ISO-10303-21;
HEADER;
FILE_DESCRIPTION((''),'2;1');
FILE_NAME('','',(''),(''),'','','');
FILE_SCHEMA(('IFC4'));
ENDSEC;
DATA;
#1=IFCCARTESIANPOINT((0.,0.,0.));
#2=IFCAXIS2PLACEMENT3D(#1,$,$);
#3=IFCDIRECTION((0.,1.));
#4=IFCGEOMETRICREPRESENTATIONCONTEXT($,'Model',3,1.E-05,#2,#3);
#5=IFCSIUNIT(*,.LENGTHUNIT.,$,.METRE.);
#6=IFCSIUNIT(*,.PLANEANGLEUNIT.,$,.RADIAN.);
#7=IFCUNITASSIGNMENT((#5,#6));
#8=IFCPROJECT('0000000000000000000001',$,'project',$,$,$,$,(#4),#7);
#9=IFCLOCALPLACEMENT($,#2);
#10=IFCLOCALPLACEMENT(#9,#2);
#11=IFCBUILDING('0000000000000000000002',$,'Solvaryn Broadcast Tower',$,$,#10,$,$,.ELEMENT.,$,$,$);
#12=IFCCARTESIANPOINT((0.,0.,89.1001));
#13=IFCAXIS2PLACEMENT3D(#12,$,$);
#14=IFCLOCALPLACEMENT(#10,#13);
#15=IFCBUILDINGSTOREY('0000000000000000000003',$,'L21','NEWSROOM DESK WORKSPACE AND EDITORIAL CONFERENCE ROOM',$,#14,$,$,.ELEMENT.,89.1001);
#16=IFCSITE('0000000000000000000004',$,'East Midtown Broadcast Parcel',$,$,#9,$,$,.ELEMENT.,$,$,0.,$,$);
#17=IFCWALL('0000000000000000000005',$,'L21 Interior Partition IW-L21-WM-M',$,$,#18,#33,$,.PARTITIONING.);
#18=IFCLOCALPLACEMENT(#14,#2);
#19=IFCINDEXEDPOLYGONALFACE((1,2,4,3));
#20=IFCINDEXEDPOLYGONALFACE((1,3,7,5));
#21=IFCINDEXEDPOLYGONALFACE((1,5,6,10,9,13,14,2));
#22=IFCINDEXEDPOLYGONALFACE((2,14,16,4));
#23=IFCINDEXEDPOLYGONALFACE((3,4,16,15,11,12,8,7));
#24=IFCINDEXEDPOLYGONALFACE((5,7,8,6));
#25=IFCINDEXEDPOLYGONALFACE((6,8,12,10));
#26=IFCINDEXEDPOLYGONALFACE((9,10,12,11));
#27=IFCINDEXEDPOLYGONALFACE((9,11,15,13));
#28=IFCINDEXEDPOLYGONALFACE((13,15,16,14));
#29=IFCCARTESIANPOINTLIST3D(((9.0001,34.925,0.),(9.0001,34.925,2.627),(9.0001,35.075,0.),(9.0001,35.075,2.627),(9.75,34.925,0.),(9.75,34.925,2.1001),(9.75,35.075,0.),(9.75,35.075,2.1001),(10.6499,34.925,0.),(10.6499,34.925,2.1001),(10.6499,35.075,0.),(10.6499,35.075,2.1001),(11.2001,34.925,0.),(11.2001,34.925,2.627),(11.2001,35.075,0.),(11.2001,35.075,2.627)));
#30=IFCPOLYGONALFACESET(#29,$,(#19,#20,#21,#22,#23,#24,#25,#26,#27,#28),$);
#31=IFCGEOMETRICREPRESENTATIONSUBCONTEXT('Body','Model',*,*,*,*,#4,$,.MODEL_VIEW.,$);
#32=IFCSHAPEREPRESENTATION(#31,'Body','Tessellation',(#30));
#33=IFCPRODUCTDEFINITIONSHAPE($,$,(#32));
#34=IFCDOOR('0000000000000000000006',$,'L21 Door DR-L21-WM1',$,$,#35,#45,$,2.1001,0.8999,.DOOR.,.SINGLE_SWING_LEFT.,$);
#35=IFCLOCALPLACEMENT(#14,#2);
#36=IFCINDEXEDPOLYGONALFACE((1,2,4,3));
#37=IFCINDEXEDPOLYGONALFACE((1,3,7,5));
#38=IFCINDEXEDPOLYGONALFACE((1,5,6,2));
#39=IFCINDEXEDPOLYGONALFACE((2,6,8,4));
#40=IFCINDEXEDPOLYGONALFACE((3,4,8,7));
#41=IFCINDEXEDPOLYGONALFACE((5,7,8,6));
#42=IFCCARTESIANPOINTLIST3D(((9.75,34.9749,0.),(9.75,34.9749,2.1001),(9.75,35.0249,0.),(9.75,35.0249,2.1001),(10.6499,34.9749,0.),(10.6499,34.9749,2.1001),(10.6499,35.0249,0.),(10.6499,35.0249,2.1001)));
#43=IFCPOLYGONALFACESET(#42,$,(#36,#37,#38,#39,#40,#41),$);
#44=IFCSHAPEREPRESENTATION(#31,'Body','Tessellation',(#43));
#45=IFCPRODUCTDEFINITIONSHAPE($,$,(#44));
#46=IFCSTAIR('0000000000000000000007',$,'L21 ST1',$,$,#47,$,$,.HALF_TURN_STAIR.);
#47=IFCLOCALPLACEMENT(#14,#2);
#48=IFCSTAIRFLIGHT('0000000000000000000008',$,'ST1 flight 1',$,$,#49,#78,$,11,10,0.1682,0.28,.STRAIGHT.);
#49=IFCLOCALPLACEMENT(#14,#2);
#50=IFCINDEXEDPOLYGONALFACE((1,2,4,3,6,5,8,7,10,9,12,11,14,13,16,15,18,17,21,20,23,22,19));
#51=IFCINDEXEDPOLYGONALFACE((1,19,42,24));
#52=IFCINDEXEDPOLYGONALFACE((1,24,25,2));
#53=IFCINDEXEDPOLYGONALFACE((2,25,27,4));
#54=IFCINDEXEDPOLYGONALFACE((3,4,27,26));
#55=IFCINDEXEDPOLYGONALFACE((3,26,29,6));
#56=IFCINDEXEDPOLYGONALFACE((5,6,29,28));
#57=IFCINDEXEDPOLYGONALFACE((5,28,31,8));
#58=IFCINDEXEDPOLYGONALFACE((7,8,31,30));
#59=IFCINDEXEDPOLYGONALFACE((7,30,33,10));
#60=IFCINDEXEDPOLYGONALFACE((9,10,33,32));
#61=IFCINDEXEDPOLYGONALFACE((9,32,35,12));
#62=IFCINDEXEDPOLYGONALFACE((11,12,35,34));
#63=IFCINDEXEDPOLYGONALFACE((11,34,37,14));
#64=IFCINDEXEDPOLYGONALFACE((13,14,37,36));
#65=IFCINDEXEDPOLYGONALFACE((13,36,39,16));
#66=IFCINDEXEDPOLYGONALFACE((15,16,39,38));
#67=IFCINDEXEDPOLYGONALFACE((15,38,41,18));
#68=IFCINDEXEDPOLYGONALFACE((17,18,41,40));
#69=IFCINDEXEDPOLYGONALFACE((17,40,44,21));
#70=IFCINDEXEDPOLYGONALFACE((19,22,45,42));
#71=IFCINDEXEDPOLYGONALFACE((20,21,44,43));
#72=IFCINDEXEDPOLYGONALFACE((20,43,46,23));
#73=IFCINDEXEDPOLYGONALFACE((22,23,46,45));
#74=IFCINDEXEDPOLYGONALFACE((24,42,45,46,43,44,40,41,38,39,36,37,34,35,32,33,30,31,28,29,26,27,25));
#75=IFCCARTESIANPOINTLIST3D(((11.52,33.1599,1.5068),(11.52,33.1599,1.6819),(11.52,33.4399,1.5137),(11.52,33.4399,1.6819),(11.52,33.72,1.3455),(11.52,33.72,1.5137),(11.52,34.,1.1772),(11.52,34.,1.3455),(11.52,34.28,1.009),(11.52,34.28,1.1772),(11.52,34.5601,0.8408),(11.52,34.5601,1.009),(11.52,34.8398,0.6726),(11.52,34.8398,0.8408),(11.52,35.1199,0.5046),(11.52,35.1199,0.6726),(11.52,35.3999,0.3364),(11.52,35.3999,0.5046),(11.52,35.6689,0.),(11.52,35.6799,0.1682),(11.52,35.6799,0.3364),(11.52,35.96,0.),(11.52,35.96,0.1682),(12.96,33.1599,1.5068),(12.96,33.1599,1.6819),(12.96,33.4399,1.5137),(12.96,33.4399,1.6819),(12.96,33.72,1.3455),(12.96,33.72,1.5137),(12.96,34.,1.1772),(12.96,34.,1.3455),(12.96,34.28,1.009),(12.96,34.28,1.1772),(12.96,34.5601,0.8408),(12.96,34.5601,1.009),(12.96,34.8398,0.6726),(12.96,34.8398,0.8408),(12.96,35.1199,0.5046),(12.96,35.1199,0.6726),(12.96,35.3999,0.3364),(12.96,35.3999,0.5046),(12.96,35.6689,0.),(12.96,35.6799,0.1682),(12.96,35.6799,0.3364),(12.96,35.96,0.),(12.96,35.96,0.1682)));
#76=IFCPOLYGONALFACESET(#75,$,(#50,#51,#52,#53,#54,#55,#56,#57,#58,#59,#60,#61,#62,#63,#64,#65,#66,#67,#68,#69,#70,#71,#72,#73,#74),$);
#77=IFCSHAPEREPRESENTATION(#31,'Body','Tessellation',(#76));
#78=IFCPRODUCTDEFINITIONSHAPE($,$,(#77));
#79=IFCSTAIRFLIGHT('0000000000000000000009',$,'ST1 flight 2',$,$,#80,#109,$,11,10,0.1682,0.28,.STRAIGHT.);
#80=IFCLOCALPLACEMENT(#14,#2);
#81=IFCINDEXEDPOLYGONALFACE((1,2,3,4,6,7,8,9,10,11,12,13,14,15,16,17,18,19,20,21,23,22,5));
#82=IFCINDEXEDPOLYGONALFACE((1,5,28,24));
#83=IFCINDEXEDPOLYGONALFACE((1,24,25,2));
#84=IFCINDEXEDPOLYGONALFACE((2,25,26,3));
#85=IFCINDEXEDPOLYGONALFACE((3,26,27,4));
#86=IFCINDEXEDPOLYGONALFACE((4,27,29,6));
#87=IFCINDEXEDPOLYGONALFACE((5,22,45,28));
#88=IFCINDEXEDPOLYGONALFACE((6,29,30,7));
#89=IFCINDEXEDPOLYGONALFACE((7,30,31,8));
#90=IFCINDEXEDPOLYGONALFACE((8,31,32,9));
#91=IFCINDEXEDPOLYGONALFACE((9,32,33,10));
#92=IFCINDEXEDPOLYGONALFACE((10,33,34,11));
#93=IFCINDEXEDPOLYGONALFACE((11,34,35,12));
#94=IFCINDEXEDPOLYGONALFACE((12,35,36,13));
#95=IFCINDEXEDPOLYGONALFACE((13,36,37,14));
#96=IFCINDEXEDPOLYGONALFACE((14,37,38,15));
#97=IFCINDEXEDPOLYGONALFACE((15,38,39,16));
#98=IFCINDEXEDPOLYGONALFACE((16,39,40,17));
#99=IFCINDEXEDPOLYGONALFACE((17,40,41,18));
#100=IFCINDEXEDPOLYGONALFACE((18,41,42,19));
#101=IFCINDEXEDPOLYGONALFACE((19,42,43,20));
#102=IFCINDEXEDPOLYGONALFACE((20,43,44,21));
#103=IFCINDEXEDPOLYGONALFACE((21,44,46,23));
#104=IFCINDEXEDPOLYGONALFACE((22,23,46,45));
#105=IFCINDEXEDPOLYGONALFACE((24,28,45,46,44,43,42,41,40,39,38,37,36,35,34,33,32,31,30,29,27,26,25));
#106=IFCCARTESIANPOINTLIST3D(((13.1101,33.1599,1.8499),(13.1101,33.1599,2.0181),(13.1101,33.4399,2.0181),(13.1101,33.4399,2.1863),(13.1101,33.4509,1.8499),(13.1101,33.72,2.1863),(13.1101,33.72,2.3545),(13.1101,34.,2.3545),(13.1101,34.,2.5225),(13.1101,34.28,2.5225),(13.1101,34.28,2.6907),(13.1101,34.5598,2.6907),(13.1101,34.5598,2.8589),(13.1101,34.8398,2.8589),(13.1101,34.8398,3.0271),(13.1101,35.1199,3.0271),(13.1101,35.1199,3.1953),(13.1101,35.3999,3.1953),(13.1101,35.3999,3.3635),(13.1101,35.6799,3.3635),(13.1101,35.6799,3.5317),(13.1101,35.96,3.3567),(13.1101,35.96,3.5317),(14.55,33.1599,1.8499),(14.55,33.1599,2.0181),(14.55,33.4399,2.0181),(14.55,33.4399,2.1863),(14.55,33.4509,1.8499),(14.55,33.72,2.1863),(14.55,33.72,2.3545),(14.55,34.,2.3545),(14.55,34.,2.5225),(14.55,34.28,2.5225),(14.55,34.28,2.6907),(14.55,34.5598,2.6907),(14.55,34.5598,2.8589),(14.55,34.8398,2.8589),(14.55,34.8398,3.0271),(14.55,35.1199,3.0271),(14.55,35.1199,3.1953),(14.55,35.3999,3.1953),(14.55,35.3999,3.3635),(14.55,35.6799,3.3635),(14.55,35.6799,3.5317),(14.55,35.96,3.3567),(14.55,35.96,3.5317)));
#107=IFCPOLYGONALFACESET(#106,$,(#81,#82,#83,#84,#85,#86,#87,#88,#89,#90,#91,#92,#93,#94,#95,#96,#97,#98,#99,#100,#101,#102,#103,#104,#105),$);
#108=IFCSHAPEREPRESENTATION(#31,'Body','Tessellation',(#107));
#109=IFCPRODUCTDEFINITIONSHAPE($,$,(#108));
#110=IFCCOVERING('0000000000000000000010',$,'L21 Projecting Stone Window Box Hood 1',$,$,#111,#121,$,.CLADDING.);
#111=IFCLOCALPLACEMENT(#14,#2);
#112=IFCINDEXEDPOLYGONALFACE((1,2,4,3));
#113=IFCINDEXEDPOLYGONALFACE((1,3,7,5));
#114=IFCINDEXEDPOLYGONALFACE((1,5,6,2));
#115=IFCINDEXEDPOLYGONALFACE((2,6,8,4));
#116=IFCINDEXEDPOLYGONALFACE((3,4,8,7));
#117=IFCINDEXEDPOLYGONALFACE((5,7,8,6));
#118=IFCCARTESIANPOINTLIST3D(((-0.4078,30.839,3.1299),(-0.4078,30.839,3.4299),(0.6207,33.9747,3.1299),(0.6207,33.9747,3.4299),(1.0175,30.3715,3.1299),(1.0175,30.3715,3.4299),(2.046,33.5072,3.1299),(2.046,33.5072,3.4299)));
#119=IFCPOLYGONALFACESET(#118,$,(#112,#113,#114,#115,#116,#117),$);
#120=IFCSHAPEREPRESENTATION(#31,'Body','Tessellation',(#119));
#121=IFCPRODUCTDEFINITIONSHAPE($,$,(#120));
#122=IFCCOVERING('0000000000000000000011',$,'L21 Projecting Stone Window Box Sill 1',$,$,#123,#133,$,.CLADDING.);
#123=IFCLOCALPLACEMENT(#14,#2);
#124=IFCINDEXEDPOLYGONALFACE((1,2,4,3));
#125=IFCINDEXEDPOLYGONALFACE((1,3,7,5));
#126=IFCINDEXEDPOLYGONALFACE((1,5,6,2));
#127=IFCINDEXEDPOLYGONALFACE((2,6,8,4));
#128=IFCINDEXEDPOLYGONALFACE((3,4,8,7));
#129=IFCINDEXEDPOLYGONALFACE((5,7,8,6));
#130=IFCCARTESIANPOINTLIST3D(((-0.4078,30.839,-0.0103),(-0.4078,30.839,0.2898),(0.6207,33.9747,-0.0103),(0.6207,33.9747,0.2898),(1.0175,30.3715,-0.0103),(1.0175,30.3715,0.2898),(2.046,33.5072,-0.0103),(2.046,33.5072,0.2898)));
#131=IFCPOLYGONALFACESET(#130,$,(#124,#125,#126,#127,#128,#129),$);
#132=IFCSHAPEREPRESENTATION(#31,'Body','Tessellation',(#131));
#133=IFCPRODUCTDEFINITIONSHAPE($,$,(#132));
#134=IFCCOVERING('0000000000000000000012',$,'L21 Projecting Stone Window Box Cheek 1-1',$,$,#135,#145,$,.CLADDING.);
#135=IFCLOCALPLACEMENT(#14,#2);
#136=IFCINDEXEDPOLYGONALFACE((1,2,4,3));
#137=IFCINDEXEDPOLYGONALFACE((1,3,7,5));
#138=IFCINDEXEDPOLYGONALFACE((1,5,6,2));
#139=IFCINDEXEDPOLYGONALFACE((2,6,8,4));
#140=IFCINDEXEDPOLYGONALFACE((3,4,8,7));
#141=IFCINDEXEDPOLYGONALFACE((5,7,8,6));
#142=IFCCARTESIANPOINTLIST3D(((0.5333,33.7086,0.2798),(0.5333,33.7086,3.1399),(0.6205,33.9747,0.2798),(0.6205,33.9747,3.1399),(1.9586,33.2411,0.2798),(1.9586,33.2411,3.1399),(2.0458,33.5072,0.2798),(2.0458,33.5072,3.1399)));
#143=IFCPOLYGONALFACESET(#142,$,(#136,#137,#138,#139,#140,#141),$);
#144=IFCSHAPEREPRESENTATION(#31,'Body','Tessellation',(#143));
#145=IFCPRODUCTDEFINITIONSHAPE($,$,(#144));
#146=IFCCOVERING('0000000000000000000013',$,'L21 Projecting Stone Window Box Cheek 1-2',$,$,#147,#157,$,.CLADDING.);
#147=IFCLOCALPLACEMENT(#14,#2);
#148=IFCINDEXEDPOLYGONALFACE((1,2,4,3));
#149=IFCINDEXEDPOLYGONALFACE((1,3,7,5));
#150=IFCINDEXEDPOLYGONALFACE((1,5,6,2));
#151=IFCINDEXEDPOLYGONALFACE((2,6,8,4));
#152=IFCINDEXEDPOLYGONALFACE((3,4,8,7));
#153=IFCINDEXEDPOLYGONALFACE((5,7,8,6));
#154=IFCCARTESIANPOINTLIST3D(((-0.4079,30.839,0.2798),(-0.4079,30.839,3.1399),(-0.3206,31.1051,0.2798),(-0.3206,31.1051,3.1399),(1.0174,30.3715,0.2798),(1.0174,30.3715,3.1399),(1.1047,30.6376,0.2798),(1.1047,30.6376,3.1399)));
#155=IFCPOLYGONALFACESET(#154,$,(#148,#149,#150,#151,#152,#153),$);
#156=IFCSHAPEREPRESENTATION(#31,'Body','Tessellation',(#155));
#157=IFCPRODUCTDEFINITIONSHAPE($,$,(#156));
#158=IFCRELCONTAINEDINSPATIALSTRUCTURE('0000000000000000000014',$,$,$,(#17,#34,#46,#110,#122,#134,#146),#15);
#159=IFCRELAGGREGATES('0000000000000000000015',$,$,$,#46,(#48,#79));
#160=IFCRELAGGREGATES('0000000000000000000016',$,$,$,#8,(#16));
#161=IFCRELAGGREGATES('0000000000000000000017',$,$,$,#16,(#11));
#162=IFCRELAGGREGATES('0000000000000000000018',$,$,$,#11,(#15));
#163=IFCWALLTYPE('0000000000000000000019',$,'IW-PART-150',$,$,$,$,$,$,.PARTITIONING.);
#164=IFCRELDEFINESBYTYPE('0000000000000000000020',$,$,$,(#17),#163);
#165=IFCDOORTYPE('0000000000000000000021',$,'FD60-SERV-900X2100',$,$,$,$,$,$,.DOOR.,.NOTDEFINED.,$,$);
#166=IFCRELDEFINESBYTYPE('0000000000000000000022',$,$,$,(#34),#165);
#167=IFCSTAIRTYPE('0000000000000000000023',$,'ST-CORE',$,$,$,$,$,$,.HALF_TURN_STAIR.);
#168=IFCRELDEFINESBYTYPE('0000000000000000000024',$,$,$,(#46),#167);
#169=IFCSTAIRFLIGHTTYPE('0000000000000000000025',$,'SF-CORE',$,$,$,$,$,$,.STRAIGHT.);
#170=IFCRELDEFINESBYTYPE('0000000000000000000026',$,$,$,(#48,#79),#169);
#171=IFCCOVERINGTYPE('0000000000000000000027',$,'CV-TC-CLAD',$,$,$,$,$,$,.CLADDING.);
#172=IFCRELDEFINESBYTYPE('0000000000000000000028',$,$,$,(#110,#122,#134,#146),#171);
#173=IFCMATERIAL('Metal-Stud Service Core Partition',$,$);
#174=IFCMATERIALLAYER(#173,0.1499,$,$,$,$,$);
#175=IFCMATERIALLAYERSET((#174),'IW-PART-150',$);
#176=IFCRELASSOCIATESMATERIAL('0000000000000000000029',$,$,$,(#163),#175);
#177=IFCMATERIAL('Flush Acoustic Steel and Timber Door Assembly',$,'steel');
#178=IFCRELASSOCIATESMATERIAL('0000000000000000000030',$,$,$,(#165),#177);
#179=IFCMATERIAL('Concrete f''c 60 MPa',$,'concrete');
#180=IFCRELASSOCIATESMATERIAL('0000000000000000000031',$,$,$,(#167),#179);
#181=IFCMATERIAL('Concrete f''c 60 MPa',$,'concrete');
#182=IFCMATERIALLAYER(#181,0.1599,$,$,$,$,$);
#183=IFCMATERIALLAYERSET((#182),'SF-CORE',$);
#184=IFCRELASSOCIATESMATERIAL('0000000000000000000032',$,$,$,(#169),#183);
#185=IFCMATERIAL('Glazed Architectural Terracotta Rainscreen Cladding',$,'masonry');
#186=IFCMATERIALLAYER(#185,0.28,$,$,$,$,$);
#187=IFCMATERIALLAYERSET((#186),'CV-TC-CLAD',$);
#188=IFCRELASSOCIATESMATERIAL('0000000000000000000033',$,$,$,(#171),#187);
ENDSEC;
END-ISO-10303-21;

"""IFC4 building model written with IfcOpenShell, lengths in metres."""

from ifc_helpers import new_model, si_unit, direction, frame, frame_2d, origin, origin_2d, place, context, subcontext, project, spatial, polyline, rectangle, outline, extrude, material, layer, layer_set, type_object, element, fill, aggregate, save


model = new_model("IFC4")

# Units and contexts
model_context = context("Model", 3, precision=1e-05, world=origin(), true_north=direction((0.0, 1.0)))
body_context = subcontext(model_context, "Body", "Model", "MODEL_VIEW")
ifc_project = project(units=[si_unit("LENGTHUNIT", "METRE"), si_unit("PLANEANGLEUNIT", "RADIAN")], contexts=[model_context])

# Site, building, storey
site_placement = place(None, origin())
site = spatial("IfcSite", under=ifc_project, at=site_placement, Name="East Midtown Broadcast Parcel", CompositionType="ELEMENT", RefElevation=0.0)
building_placement = place(site_placement, origin())
building = spatial("IfcBuilding", under=site, at=building_placement, Name="Solvaryn Broadcast Tower", CompositionType="ELEMENT")
storey_placement = place(building_placement, frame((0.0, 0.0, 89.1001)))
storey = spatial("IfcBuildingStorey", under=building, at=storey_placement, Name="L21", Description="NEWSROOM DESK WORKSPACE AND EDITORIAL CONFERENCE ROOM", CompositionType="ELEMENT", Elevation=89.1001)

# Wall, opening, door
ifc_material_1 = material(Name="Metal-Stud Service Core Partition")
ifc_layer_1 = layer(ifc_material_1, 0.1499)
ifc_layer_set_1 = layer_set([ifc_layer_1], Name="IW-PART-150")
wall_type = type_object("IfcWallType", Name="IW-PART-150", PredefinedType="PARTITIONING", material=ifc_layer_set_1)
wall_placement = place(storey_placement, frame((9.0, 35.0, 0.0), z_axis=(0.0, 0.0, 1.0), x_axis=(1.0, 0.0, 0.0)))
wall = element("IfcWall", 1, at=wall_placement, inside=storey, type_object=wall_type, Name="L21 Interior Partition IW-L21-WM-M", PredefinedType="PARTITIONING", context=body_context, shape_type="SweptSolid", body=[
    extrude(rectangle(XDim=2.2, YDim=0.1499, at=frame_2d((1.1001, 0.0))), origin(), (0.0, 0.0, 1.0), 2.627),
])
opening_placement = place(wall_placement, frame((0.75, 0.0, 0.0)))
opening = element("IfcOpeningElement", 2, at=opening_placement, cuts=wall, PredefinedType="OPENING", context=body_context, shape_type="SweptSolid", body=[
    extrude(rectangle(XDim=0.8999, YDim=2.1001, at=frame_2d((0.45, 1.05))), frame((0.0, 0.085, 0.0), z_axis=(0.0, -1.0, 0.0), x_axis=(1.0, 0.0, 0.0)), (0.0, 0.0, 1.0), 0.1699),
])
ifc_material_2 = material(Name="Flush Acoustic Steel and Timber Door Assembly", Category="steel")
door_type = type_object("IfcDoorType", Name="FD60-SERV-900X2100", OperationType="NOTDEFINED", PredefinedType="DOOR", material=ifc_material_2)
door_placement = place(opening_placement, origin())
door = element("IfcDoor", 3, at=door_placement, inside=storey, type_object=door_type, Name="L21 Door DR-L21-WM1", OperationType="SINGLE_SWING_LEFT", OverallHeight=2.1001, OverallWidth=0.8999, PredefinedType="DOOR", context=body_context, shape_type="SweptSolid", body=[
    extrude(rectangle(XDim=0.8999, YDim=2.1001, at=frame_2d((0.45, 1.05))), frame((0.0, 0.0249, 0.0), z_axis=(0.0, -1.0, 0.0), x_axis=(1.0, 0.0, 0.0)), (0.0, 0.0, 1.0), 0.05),
])
fill(opening, door)

# Stair, stair flights
ifc_material_3 = material(Name="Concrete f'c 60 MPa", Category="concrete")
stair_type = type_object("IfcStairType", Name="ST-CORE", PredefinedType="HALF_TURN_STAIR", material=ifc_material_3)
stair_placement = place(storey_placement, origin())
stair = element("IfcStair", 4, at=stair_placement, inside=storey, type_object=stair_type, Name="L21 ST1", PredefinedType="HALF_TURN_STAIR")
ifc_material_4 = material(Name="Concrete f'c 60 MPa", Category="concrete")
ifc_layer_2 = layer(ifc_material_4, 0.1599)
ifc_layer_set_2 = layer_set([ifc_layer_2], Name="SF-CORE")
stair_flight_type = type_object("IfcStairFlightType", Name="SF-CORE", PredefinedType="STRAIGHT", material=ifc_layer_set_2)
stair_flight_1_placement = place(storey_placement, frame((12.24, 35.96, 0.0), z_axis=(0.0, 0.0, 1.0), x_axis=(0.0, -1.0, 0.0)))
stair_flight_1 = element("IfcStairFlight", 5, at=stair_flight_1_placement, type_object=stair_flight_type, Name="ST1 flight 1", NumberOfRisers=11, NumberOfTreads=10, PredefinedType="STRAIGHT", RiserHeight=0.1682, TreadLength=0.28, context=body_context, shape_type="SweptSolid", body=[
    extrude(outline(polyline([(0.0, 0.0), (0.0, 0.1682), (0.28, 0.1682), (0.28, 0.3364), (0.5601, 0.3364), (0.5601, 0.5046), (0.8401, 0.5046), (0.8401, 0.6726), (1.1201, 0.6726), (1.1201, 0.8408), (1.3999, 0.8408), (1.3999, 1.009), (1.6799, 1.009), (1.6799, 1.1772), (1.96, 1.1772), (1.96, 1.3455), (2.24, 1.3455), (2.24, 1.5137), (2.52, 1.5137), (2.52, 1.6819), (2.8, 1.6819), (2.8, 1.8501), (2.8, 1.5068), (0.291, 0.0), (0.0, 0.0)])), frame((0.0, 0.72, 0.0), z_axis=(0.0, -1.0, 0.0), x_axis=(1.0, 0.0, 0.0)), (0.0, 0.0, 1.0), 1.4399),
])
stair_flight_2_placement = place(storey_placement, frame((13.8301, 33.1599, 1.8499), z_axis=(0.0, 0.0, 1.0), x_axis=(0.0, 1.0, 0.0)))
stair_flight_2 = element("IfcStairFlight", 6, at=stair_flight_2_placement, type_object=stair_flight_type, Name="ST1 flight 2", NumberOfRisers=11, NumberOfTreads=10, PredefinedType="STRAIGHT", RiserHeight=0.1682, TreadLength=0.28, context=body_context, shape_type="SweptSolid", body=[
    extrude(outline(polyline([(0.0, 0.0), (0.0, 0.1682), (0.28, 0.1682), (0.28, 0.3364), (0.5601, 0.3364), (0.5601, 0.5046), (0.8401, 0.5046), (0.8401, 0.6726), (1.1201, 0.6726), (1.1201, 0.8408), (1.3999, 0.8408), (1.3999, 1.009), (1.6799, 1.009), (1.6799, 1.1772), (1.96, 1.1772), (1.96, 1.3455), (2.24, 1.3455), (2.24, 1.5137), (2.52, 1.5137), (2.52, 1.6819), (2.8, 1.6819), (2.8, 1.8501), (2.8, 1.5068), (0.291, 0.0), (0.0, 0.0)])), frame((0.0, 0.72, 0.0), z_axis=(0.0, -1.0, 0.0), x_axis=(1.0, 0.0, 0.0)), (0.0, 0.0, 1.0), 1.4399),
])
aggregate(stair, [stair_flight_1, stair_flight_2])

# Coverings
ifc_material_5 = material(Name="Glazed Architectural Terracotta Rainscreen Cladding", Category="masonry")
ifc_layer_3 = layer(ifc_material_5, 0.28)
ifc_layer_set_3 = layer_set([ifc_layer_3], Name="CV-TC-CLAD")
covering_type = type_object("IfcCoveringType", Name="CV-TC-CLAD", PredefinedType="CLADDING", material=ifc_layer_set_3)
for number, where, z_axis, x_axis, name in (
    (7, (0.8191, 32.1731, 3.1299), (0.0, 0.0, 1.0), (-0.311672, -0.95019, 0.0), "L21 Projecting Stone Window Box Hood 1"),
    (8, (0.8191, 32.1731, -0.0103), (0.0, 0.0, 1.0), (-0.311672, -0.95019, 0.0), "L21 Projecting Stone Window Box Sill 1"),
):
    element("IfcCovering", number, at=place(storey_placement, frame(where, z_axis=z_axis, x_axis=x_axis)), inside=storey, type_object=covering_type, Name=name, PredefinedType="CLADDING", context=body_context, shape_type="SweptSolid", body=[
        extrude(rectangle(XDim=3.3, YDim=1.5, at=origin_2d()), origin(), (0.0, 0.0, 1.0), 0.3),
    ])
for number, where, z_axis, x_axis, name in (
    (9, (1.2896, 33.6079, 0.2798), (0.0, 0.0, 1.0), (-0.311672, -0.95019, 0.0), "L21 Projecting Stone Window Box Cheek 1-1"),
    (10, (0.3484, 30.7383, 0.2798), (0.0, 0.0, 1.0), (-0.311672, -0.95019, 0.0), "L21 Projecting Stone Window Box Cheek 1-2"),
):
    element("IfcCovering", number, at=place(storey_placement, frame(where, z_axis=z_axis, x_axis=x_axis)), inside=storey, type_object=covering_type, Name=name, PredefinedType="CLADDING", context=body_context, shape_type="SweptSolid", body=[
        extrude(rectangle(XDim=0.28, YDim=1.5, at=origin_2d()), origin(), (0.0, 0.0, 1.0), 2.8601),
    ])

save(model, "model.ifc")
